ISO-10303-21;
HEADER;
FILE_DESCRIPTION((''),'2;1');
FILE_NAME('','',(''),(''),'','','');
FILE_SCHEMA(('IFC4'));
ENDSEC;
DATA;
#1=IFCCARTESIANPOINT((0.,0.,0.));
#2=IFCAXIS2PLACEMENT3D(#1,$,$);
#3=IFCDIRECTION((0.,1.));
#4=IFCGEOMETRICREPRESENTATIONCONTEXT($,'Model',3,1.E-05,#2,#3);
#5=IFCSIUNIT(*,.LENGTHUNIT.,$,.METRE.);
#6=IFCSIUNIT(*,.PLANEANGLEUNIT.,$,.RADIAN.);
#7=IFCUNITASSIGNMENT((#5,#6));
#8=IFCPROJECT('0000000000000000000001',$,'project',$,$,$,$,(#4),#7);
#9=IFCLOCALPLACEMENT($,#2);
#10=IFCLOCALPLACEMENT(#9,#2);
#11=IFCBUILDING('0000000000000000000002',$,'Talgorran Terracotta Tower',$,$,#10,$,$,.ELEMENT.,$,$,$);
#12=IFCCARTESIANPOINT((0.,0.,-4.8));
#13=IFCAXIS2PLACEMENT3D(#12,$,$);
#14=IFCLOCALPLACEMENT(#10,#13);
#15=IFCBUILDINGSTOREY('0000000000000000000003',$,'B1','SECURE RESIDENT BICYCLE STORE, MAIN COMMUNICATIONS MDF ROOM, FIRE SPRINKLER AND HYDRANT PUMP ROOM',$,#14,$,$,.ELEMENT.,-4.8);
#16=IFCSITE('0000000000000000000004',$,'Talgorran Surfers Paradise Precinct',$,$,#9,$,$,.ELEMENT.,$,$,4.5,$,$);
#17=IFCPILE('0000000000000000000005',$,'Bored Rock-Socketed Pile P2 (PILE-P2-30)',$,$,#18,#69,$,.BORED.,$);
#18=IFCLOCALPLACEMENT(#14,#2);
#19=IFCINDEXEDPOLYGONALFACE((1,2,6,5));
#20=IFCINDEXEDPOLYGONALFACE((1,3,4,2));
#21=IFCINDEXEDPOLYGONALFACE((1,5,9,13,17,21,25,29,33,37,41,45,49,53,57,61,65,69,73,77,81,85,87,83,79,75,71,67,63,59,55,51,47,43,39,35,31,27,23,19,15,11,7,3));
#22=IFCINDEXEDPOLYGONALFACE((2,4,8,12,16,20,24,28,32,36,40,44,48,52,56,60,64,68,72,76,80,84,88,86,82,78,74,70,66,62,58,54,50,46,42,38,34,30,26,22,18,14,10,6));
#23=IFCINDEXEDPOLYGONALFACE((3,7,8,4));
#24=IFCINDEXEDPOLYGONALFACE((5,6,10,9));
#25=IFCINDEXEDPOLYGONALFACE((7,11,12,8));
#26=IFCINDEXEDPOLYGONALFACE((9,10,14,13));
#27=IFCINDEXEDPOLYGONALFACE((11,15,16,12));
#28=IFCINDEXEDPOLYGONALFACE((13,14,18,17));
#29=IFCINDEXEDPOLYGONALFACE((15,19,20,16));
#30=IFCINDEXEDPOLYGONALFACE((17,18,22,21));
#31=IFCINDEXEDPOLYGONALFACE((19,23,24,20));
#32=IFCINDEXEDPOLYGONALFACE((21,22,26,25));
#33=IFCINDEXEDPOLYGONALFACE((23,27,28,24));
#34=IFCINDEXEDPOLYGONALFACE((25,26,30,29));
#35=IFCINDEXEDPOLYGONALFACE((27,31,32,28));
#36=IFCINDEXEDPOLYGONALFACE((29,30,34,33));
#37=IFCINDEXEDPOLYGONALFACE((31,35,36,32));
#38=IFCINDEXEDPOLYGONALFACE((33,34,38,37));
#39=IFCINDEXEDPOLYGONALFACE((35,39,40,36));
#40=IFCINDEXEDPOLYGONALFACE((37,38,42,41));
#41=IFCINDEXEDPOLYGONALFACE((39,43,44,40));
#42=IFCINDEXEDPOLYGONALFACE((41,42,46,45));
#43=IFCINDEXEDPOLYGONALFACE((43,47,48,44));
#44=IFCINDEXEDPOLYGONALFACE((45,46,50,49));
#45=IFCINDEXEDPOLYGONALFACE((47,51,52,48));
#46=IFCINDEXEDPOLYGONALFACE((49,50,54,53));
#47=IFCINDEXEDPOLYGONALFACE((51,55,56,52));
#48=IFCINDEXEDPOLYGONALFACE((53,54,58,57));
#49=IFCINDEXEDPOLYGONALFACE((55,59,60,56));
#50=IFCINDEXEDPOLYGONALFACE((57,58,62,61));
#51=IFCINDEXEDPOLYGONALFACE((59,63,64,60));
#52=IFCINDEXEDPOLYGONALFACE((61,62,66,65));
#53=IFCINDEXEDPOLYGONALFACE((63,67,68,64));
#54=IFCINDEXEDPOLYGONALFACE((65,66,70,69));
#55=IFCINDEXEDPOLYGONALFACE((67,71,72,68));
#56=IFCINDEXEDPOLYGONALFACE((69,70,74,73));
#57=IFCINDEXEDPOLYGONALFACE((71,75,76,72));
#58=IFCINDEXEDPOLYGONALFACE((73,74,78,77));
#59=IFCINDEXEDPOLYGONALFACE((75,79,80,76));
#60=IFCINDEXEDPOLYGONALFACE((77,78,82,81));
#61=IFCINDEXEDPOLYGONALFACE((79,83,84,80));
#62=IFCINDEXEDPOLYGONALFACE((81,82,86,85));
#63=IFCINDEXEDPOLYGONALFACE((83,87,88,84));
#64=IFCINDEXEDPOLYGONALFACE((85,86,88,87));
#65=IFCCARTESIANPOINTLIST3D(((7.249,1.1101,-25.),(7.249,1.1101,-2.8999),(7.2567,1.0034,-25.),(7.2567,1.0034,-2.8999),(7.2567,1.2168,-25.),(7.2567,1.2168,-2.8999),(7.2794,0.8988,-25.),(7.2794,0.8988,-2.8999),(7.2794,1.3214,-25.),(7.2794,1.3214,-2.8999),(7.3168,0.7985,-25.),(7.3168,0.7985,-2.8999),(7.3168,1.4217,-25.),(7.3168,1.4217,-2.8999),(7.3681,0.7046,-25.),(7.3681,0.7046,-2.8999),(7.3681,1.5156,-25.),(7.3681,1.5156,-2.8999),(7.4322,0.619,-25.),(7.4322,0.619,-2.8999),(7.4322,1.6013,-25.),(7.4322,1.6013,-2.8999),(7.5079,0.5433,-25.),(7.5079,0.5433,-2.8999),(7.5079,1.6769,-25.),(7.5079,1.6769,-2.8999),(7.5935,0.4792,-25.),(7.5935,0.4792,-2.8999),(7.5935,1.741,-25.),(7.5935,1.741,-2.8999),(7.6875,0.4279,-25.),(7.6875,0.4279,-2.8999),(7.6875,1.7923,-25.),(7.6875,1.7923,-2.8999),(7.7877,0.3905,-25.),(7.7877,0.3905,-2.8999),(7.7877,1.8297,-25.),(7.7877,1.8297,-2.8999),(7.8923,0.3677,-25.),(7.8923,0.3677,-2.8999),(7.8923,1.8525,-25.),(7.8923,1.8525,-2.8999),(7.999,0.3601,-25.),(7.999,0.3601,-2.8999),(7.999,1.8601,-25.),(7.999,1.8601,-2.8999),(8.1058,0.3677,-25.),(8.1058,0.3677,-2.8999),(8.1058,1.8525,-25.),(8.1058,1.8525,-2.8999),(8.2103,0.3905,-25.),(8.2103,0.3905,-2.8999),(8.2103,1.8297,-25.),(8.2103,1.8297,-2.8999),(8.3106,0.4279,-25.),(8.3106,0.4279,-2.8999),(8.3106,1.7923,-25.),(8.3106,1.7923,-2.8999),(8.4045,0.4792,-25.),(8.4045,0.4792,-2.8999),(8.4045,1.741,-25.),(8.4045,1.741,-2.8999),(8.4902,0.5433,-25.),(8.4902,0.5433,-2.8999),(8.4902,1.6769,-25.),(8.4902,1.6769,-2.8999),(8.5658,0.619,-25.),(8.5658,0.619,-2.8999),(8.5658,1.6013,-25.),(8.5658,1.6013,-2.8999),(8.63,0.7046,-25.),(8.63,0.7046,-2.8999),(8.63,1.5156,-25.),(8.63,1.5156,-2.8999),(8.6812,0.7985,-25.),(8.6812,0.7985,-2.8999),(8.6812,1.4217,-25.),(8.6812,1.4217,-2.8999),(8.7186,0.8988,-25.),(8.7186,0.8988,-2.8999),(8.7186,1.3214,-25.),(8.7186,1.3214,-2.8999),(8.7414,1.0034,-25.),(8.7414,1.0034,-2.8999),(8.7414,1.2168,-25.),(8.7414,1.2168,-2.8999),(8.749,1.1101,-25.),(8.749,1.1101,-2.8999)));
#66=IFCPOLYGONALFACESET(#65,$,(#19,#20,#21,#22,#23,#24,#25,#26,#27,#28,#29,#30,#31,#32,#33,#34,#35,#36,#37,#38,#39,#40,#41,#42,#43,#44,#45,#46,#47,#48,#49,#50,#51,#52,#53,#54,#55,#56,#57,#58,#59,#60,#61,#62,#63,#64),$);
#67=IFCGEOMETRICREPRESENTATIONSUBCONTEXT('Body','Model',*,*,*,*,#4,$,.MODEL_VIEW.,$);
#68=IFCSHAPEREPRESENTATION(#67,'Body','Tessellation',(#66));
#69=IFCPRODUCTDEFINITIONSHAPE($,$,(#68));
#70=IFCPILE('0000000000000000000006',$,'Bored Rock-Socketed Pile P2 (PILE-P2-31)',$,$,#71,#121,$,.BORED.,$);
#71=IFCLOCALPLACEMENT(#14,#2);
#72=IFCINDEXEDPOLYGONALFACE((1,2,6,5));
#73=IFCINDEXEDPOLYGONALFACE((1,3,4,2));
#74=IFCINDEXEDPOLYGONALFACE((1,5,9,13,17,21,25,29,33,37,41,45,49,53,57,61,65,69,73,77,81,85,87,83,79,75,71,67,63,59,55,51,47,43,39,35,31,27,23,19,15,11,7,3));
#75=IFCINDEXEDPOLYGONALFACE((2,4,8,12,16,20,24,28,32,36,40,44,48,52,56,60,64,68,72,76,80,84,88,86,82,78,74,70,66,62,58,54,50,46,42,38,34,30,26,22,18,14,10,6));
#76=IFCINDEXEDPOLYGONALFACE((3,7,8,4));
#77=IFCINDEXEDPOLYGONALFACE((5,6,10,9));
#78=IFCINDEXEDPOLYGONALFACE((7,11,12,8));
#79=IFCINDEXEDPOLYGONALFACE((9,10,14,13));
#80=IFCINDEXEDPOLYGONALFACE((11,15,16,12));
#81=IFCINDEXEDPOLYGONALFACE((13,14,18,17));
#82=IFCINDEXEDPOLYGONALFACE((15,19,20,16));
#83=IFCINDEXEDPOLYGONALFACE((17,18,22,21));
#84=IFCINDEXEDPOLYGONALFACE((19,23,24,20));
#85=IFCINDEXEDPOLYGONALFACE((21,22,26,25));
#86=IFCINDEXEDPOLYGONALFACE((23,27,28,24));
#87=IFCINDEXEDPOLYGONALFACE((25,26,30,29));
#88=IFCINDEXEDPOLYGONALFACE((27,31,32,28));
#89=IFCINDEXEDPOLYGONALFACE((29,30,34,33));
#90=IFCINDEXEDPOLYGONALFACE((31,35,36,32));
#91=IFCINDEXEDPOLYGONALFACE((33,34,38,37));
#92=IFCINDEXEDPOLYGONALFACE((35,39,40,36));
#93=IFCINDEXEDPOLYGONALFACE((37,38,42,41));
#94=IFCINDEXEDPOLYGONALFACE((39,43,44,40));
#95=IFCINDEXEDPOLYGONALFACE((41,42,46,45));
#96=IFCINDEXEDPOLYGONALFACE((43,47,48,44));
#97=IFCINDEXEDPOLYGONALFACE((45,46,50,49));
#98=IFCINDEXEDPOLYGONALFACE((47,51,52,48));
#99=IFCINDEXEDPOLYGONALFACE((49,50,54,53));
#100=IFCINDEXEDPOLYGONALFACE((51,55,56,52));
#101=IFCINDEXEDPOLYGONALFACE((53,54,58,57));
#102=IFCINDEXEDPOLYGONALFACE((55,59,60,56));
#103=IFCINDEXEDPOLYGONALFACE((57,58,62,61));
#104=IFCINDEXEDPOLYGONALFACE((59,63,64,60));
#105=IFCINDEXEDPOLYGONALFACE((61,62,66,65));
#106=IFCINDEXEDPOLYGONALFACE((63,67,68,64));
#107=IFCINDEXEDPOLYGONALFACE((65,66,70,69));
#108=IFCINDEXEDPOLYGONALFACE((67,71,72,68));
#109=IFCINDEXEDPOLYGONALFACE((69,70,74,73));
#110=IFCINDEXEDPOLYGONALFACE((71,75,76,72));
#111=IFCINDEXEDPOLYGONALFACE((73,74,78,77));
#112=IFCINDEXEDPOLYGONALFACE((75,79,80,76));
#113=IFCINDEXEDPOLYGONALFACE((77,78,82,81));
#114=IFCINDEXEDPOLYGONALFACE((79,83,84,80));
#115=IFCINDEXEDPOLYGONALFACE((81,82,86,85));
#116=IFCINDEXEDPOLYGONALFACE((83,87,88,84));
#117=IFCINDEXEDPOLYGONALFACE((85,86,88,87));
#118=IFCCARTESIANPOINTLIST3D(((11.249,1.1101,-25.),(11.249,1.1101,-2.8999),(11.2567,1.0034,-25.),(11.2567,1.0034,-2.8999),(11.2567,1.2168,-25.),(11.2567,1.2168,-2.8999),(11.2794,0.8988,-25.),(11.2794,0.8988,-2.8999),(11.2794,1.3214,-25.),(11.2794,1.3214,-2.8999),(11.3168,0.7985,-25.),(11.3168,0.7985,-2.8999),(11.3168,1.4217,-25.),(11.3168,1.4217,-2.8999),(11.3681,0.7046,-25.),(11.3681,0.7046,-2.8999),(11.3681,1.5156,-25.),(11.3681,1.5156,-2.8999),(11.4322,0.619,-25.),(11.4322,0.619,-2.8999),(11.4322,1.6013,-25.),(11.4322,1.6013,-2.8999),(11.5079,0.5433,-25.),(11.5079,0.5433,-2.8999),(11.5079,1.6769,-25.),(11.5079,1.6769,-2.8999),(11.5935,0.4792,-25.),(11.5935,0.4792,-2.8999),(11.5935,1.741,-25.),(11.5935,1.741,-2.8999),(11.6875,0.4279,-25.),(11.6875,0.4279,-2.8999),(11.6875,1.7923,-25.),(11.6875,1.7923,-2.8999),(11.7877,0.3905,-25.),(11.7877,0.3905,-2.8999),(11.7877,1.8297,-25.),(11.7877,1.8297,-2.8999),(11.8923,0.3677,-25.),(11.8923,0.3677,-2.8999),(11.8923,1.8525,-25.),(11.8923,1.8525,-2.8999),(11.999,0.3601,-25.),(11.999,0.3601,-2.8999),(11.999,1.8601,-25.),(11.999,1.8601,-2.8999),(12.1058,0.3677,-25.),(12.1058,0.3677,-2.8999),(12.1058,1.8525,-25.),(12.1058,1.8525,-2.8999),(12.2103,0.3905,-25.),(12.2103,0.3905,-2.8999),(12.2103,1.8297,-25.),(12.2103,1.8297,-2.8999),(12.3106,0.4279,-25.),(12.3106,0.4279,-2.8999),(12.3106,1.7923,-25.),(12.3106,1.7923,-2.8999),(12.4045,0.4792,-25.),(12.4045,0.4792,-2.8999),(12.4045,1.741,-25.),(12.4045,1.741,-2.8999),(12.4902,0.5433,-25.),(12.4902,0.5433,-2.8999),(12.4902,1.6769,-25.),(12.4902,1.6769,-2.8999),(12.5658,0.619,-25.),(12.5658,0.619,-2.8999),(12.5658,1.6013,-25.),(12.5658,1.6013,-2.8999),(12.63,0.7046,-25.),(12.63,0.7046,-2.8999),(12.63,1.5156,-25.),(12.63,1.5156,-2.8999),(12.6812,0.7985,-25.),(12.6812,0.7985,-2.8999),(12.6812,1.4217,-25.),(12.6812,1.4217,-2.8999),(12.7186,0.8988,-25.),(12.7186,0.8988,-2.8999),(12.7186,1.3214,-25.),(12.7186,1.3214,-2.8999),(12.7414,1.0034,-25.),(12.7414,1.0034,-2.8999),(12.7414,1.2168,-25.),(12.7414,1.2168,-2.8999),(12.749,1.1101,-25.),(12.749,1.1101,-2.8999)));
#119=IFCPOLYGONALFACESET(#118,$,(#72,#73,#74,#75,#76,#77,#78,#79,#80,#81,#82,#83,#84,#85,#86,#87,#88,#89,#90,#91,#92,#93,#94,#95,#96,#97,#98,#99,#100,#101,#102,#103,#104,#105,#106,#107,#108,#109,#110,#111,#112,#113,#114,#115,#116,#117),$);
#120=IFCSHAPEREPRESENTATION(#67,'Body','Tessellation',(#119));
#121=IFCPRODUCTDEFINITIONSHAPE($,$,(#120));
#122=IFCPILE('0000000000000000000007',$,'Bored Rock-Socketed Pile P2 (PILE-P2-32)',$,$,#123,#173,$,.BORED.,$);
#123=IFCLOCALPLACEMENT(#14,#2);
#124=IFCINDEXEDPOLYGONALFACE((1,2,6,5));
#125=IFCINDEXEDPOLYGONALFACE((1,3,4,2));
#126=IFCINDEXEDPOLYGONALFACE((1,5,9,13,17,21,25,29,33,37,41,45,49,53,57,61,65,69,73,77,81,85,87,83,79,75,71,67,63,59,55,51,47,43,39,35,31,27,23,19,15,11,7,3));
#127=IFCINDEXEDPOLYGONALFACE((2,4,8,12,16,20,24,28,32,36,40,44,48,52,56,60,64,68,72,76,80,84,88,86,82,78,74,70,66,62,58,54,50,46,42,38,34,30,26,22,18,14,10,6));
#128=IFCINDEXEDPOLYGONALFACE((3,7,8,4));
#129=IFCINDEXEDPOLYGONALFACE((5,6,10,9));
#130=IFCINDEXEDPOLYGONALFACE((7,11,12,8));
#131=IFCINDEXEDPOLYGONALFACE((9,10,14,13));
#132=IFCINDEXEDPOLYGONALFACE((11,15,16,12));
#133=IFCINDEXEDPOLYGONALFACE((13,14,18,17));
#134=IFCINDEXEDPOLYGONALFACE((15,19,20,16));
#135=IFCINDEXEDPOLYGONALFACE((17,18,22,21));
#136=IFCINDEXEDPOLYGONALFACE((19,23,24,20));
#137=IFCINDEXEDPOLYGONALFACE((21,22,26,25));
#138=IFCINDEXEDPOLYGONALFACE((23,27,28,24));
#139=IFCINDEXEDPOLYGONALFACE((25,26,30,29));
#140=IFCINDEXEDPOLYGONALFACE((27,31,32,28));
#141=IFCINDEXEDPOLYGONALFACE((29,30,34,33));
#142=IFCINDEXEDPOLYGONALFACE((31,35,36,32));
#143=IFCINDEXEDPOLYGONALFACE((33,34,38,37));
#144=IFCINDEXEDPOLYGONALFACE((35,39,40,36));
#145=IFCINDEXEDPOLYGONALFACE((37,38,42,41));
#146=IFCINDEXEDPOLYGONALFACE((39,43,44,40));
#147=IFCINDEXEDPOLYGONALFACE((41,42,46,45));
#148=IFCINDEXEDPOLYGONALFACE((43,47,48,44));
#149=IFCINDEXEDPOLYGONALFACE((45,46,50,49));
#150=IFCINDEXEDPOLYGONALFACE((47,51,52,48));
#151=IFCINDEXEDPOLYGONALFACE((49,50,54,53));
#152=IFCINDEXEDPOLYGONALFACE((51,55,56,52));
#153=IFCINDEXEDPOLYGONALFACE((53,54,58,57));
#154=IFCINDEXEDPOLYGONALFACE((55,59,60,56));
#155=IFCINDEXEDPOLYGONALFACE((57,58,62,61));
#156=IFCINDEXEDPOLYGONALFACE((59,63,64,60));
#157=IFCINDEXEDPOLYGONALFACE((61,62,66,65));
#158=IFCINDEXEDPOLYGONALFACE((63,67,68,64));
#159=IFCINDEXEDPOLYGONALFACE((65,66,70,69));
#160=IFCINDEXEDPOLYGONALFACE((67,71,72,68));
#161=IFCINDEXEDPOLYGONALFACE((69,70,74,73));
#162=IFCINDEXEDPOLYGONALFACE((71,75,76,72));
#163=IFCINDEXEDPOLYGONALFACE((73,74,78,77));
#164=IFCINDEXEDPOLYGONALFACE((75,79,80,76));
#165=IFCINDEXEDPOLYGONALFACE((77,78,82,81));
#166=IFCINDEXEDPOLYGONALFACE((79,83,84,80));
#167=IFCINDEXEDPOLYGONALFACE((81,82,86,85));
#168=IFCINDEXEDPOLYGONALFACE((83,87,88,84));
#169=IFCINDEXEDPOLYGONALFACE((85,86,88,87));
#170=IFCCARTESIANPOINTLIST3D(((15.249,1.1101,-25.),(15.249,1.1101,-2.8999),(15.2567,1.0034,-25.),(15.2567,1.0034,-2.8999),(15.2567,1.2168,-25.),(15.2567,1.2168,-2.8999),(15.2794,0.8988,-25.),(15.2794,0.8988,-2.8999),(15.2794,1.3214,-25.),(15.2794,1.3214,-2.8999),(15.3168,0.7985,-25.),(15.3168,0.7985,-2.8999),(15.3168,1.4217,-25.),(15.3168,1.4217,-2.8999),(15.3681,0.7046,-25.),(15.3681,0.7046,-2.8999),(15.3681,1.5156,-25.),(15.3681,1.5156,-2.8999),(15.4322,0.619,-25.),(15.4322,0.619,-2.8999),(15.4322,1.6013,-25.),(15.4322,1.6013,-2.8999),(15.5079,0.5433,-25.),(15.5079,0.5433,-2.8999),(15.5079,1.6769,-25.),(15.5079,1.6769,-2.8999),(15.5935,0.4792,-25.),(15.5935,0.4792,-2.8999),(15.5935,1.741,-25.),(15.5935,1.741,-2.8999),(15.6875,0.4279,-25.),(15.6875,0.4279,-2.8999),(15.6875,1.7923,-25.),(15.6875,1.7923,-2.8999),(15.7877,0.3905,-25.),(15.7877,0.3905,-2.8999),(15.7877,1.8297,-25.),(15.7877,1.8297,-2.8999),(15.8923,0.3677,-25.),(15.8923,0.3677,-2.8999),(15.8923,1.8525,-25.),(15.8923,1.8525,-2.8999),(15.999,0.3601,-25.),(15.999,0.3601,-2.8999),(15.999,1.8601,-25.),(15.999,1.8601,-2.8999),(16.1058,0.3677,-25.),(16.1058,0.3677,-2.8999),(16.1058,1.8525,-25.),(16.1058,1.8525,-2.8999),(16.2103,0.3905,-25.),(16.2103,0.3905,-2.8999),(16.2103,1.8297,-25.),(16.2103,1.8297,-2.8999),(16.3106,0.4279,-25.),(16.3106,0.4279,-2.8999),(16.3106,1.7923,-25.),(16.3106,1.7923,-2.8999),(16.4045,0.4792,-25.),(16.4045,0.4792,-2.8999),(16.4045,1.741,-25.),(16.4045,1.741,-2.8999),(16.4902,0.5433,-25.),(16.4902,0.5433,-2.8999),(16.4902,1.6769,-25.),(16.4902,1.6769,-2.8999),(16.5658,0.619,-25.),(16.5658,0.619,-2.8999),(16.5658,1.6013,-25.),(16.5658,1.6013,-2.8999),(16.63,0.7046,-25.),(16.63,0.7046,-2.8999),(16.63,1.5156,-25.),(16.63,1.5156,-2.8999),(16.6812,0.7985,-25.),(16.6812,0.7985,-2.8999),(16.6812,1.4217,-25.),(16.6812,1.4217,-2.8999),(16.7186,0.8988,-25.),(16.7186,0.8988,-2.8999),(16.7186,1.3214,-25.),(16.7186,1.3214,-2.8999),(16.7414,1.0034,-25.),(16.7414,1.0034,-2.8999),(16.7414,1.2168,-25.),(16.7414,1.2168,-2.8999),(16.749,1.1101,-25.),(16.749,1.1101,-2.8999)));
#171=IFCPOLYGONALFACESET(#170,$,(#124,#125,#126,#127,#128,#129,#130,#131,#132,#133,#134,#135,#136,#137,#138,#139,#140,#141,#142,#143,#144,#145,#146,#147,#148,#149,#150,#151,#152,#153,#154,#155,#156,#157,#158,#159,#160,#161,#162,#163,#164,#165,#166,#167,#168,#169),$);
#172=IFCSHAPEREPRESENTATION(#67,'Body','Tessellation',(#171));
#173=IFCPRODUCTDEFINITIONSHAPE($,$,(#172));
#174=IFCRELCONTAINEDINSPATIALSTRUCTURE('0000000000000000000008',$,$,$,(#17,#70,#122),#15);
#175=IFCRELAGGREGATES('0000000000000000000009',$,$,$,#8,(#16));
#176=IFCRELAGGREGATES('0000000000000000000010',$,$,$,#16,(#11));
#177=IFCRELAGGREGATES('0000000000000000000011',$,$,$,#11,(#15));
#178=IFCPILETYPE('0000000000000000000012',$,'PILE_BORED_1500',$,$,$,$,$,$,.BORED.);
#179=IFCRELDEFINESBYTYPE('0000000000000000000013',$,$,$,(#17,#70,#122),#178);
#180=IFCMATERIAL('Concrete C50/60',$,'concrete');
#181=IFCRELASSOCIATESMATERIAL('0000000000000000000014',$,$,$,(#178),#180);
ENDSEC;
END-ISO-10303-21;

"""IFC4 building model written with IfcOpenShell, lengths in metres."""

from ifc_helpers import new_model, si_unit, direction, frame, origin, origin_2d, place, context, subcontext, project, spatial, circle, extrude, material, material_profile, profile_set, type_object, element, save


model = new_model("IFC4")

# Units and contexts
model_context = context("Model", 3, precision=1e-05, world=origin(), true_north=direction((0.0, 1.0)))
body_context = subcontext(model_context, "Body", "Model", "MODEL_VIEW")
ifc_project = project(units=[si_unit("LENGTHUNIT", "METRE"), si_unit("PLANEANGLEUNIT", "RADIAN")], contexts=[model_context])

# Site, building, storey
site_placement = place(None, origin())
site = spatial("IfcSite", under=ifc_project, at=site_placement, Name="Talgorran Surfers Paradise Precinct", CompositionType="ELEMENT", RefElevation=4.5)
building_placement = place(site_placement, origin())
building = spatial("IfcBuilding", under=site, at=building_placement, Name="Talgorran Terracotta Tower", CompositionType="ELEMENT")
storey_placement = place(building_placement, frame((0.0, 0.0, -4.8)))
storey = spatial("IfcBuildingStorey", under=building, at=storey_placement, Name="B1", Description="SECURE RESIDENT BICYCLE STORE, MAIN COMMUNICATIONS MDF ROOM, FIRE SPRINKLER AND HYDRANT PUMP ROOM", CompositionType="ELEMENT", Elevation=-4.8)

# Shared definitions
ifc_material_1 = material(Name="Concrete C50/60", Category="concrete")

# Piles
ifc_material_profile_1 = material_profile(ifc_material_1, circle(Radius=0.75, at=origin_2d()), Name="PILE1500")
ifc_profile_set_1 = profile_set([ifc_material_profile_1], Name="Concrete C50/60")
pile_type_1 = type_object("IfcPileType", Name="PILE_BORED_1500", PredefinedType="BORED", material=ifc_profile_set_1)
for number, where, z_axis, x_axis, name in (
    (1, (7.999, 1.1101, -2.8999), (0.0, 0.0, -1.0), (1.0, 0.0, 0.0), "Bored Rock-Socketed Pile P2 (PILE-P2-30)"),
    (2, (11.999, 1.1101, -2.8999), (0.0, 0.0, -1.0), (1.0, 0.0, 0.0), "Bored Rock-Socketed Pile P2 (PILE-P2-31)"),
    (3, (15.999, 1.1101, -2.8999), (0.0, 0.0, -1.0), (1.0, 0.0, 0.0), "Bored Rock-Socketed Pile P2 (PILE-P2-32)"),
):
    element("IfcPile", number, at=place(storey_placement, frame(where, z_axis=z_axis, x_axis=x_axis)), inside=storey, type_object=pile_type_1, Name=name, PredefinedType="BORED", context=body_context, shape_type="SweptSolid", body=[
        extrude(circle(Radius=0.75, at=origin_2d()), origin(), (0.0, 0.0, 1.0), 22.1001),
    ])

save(model, "model.ifc")
